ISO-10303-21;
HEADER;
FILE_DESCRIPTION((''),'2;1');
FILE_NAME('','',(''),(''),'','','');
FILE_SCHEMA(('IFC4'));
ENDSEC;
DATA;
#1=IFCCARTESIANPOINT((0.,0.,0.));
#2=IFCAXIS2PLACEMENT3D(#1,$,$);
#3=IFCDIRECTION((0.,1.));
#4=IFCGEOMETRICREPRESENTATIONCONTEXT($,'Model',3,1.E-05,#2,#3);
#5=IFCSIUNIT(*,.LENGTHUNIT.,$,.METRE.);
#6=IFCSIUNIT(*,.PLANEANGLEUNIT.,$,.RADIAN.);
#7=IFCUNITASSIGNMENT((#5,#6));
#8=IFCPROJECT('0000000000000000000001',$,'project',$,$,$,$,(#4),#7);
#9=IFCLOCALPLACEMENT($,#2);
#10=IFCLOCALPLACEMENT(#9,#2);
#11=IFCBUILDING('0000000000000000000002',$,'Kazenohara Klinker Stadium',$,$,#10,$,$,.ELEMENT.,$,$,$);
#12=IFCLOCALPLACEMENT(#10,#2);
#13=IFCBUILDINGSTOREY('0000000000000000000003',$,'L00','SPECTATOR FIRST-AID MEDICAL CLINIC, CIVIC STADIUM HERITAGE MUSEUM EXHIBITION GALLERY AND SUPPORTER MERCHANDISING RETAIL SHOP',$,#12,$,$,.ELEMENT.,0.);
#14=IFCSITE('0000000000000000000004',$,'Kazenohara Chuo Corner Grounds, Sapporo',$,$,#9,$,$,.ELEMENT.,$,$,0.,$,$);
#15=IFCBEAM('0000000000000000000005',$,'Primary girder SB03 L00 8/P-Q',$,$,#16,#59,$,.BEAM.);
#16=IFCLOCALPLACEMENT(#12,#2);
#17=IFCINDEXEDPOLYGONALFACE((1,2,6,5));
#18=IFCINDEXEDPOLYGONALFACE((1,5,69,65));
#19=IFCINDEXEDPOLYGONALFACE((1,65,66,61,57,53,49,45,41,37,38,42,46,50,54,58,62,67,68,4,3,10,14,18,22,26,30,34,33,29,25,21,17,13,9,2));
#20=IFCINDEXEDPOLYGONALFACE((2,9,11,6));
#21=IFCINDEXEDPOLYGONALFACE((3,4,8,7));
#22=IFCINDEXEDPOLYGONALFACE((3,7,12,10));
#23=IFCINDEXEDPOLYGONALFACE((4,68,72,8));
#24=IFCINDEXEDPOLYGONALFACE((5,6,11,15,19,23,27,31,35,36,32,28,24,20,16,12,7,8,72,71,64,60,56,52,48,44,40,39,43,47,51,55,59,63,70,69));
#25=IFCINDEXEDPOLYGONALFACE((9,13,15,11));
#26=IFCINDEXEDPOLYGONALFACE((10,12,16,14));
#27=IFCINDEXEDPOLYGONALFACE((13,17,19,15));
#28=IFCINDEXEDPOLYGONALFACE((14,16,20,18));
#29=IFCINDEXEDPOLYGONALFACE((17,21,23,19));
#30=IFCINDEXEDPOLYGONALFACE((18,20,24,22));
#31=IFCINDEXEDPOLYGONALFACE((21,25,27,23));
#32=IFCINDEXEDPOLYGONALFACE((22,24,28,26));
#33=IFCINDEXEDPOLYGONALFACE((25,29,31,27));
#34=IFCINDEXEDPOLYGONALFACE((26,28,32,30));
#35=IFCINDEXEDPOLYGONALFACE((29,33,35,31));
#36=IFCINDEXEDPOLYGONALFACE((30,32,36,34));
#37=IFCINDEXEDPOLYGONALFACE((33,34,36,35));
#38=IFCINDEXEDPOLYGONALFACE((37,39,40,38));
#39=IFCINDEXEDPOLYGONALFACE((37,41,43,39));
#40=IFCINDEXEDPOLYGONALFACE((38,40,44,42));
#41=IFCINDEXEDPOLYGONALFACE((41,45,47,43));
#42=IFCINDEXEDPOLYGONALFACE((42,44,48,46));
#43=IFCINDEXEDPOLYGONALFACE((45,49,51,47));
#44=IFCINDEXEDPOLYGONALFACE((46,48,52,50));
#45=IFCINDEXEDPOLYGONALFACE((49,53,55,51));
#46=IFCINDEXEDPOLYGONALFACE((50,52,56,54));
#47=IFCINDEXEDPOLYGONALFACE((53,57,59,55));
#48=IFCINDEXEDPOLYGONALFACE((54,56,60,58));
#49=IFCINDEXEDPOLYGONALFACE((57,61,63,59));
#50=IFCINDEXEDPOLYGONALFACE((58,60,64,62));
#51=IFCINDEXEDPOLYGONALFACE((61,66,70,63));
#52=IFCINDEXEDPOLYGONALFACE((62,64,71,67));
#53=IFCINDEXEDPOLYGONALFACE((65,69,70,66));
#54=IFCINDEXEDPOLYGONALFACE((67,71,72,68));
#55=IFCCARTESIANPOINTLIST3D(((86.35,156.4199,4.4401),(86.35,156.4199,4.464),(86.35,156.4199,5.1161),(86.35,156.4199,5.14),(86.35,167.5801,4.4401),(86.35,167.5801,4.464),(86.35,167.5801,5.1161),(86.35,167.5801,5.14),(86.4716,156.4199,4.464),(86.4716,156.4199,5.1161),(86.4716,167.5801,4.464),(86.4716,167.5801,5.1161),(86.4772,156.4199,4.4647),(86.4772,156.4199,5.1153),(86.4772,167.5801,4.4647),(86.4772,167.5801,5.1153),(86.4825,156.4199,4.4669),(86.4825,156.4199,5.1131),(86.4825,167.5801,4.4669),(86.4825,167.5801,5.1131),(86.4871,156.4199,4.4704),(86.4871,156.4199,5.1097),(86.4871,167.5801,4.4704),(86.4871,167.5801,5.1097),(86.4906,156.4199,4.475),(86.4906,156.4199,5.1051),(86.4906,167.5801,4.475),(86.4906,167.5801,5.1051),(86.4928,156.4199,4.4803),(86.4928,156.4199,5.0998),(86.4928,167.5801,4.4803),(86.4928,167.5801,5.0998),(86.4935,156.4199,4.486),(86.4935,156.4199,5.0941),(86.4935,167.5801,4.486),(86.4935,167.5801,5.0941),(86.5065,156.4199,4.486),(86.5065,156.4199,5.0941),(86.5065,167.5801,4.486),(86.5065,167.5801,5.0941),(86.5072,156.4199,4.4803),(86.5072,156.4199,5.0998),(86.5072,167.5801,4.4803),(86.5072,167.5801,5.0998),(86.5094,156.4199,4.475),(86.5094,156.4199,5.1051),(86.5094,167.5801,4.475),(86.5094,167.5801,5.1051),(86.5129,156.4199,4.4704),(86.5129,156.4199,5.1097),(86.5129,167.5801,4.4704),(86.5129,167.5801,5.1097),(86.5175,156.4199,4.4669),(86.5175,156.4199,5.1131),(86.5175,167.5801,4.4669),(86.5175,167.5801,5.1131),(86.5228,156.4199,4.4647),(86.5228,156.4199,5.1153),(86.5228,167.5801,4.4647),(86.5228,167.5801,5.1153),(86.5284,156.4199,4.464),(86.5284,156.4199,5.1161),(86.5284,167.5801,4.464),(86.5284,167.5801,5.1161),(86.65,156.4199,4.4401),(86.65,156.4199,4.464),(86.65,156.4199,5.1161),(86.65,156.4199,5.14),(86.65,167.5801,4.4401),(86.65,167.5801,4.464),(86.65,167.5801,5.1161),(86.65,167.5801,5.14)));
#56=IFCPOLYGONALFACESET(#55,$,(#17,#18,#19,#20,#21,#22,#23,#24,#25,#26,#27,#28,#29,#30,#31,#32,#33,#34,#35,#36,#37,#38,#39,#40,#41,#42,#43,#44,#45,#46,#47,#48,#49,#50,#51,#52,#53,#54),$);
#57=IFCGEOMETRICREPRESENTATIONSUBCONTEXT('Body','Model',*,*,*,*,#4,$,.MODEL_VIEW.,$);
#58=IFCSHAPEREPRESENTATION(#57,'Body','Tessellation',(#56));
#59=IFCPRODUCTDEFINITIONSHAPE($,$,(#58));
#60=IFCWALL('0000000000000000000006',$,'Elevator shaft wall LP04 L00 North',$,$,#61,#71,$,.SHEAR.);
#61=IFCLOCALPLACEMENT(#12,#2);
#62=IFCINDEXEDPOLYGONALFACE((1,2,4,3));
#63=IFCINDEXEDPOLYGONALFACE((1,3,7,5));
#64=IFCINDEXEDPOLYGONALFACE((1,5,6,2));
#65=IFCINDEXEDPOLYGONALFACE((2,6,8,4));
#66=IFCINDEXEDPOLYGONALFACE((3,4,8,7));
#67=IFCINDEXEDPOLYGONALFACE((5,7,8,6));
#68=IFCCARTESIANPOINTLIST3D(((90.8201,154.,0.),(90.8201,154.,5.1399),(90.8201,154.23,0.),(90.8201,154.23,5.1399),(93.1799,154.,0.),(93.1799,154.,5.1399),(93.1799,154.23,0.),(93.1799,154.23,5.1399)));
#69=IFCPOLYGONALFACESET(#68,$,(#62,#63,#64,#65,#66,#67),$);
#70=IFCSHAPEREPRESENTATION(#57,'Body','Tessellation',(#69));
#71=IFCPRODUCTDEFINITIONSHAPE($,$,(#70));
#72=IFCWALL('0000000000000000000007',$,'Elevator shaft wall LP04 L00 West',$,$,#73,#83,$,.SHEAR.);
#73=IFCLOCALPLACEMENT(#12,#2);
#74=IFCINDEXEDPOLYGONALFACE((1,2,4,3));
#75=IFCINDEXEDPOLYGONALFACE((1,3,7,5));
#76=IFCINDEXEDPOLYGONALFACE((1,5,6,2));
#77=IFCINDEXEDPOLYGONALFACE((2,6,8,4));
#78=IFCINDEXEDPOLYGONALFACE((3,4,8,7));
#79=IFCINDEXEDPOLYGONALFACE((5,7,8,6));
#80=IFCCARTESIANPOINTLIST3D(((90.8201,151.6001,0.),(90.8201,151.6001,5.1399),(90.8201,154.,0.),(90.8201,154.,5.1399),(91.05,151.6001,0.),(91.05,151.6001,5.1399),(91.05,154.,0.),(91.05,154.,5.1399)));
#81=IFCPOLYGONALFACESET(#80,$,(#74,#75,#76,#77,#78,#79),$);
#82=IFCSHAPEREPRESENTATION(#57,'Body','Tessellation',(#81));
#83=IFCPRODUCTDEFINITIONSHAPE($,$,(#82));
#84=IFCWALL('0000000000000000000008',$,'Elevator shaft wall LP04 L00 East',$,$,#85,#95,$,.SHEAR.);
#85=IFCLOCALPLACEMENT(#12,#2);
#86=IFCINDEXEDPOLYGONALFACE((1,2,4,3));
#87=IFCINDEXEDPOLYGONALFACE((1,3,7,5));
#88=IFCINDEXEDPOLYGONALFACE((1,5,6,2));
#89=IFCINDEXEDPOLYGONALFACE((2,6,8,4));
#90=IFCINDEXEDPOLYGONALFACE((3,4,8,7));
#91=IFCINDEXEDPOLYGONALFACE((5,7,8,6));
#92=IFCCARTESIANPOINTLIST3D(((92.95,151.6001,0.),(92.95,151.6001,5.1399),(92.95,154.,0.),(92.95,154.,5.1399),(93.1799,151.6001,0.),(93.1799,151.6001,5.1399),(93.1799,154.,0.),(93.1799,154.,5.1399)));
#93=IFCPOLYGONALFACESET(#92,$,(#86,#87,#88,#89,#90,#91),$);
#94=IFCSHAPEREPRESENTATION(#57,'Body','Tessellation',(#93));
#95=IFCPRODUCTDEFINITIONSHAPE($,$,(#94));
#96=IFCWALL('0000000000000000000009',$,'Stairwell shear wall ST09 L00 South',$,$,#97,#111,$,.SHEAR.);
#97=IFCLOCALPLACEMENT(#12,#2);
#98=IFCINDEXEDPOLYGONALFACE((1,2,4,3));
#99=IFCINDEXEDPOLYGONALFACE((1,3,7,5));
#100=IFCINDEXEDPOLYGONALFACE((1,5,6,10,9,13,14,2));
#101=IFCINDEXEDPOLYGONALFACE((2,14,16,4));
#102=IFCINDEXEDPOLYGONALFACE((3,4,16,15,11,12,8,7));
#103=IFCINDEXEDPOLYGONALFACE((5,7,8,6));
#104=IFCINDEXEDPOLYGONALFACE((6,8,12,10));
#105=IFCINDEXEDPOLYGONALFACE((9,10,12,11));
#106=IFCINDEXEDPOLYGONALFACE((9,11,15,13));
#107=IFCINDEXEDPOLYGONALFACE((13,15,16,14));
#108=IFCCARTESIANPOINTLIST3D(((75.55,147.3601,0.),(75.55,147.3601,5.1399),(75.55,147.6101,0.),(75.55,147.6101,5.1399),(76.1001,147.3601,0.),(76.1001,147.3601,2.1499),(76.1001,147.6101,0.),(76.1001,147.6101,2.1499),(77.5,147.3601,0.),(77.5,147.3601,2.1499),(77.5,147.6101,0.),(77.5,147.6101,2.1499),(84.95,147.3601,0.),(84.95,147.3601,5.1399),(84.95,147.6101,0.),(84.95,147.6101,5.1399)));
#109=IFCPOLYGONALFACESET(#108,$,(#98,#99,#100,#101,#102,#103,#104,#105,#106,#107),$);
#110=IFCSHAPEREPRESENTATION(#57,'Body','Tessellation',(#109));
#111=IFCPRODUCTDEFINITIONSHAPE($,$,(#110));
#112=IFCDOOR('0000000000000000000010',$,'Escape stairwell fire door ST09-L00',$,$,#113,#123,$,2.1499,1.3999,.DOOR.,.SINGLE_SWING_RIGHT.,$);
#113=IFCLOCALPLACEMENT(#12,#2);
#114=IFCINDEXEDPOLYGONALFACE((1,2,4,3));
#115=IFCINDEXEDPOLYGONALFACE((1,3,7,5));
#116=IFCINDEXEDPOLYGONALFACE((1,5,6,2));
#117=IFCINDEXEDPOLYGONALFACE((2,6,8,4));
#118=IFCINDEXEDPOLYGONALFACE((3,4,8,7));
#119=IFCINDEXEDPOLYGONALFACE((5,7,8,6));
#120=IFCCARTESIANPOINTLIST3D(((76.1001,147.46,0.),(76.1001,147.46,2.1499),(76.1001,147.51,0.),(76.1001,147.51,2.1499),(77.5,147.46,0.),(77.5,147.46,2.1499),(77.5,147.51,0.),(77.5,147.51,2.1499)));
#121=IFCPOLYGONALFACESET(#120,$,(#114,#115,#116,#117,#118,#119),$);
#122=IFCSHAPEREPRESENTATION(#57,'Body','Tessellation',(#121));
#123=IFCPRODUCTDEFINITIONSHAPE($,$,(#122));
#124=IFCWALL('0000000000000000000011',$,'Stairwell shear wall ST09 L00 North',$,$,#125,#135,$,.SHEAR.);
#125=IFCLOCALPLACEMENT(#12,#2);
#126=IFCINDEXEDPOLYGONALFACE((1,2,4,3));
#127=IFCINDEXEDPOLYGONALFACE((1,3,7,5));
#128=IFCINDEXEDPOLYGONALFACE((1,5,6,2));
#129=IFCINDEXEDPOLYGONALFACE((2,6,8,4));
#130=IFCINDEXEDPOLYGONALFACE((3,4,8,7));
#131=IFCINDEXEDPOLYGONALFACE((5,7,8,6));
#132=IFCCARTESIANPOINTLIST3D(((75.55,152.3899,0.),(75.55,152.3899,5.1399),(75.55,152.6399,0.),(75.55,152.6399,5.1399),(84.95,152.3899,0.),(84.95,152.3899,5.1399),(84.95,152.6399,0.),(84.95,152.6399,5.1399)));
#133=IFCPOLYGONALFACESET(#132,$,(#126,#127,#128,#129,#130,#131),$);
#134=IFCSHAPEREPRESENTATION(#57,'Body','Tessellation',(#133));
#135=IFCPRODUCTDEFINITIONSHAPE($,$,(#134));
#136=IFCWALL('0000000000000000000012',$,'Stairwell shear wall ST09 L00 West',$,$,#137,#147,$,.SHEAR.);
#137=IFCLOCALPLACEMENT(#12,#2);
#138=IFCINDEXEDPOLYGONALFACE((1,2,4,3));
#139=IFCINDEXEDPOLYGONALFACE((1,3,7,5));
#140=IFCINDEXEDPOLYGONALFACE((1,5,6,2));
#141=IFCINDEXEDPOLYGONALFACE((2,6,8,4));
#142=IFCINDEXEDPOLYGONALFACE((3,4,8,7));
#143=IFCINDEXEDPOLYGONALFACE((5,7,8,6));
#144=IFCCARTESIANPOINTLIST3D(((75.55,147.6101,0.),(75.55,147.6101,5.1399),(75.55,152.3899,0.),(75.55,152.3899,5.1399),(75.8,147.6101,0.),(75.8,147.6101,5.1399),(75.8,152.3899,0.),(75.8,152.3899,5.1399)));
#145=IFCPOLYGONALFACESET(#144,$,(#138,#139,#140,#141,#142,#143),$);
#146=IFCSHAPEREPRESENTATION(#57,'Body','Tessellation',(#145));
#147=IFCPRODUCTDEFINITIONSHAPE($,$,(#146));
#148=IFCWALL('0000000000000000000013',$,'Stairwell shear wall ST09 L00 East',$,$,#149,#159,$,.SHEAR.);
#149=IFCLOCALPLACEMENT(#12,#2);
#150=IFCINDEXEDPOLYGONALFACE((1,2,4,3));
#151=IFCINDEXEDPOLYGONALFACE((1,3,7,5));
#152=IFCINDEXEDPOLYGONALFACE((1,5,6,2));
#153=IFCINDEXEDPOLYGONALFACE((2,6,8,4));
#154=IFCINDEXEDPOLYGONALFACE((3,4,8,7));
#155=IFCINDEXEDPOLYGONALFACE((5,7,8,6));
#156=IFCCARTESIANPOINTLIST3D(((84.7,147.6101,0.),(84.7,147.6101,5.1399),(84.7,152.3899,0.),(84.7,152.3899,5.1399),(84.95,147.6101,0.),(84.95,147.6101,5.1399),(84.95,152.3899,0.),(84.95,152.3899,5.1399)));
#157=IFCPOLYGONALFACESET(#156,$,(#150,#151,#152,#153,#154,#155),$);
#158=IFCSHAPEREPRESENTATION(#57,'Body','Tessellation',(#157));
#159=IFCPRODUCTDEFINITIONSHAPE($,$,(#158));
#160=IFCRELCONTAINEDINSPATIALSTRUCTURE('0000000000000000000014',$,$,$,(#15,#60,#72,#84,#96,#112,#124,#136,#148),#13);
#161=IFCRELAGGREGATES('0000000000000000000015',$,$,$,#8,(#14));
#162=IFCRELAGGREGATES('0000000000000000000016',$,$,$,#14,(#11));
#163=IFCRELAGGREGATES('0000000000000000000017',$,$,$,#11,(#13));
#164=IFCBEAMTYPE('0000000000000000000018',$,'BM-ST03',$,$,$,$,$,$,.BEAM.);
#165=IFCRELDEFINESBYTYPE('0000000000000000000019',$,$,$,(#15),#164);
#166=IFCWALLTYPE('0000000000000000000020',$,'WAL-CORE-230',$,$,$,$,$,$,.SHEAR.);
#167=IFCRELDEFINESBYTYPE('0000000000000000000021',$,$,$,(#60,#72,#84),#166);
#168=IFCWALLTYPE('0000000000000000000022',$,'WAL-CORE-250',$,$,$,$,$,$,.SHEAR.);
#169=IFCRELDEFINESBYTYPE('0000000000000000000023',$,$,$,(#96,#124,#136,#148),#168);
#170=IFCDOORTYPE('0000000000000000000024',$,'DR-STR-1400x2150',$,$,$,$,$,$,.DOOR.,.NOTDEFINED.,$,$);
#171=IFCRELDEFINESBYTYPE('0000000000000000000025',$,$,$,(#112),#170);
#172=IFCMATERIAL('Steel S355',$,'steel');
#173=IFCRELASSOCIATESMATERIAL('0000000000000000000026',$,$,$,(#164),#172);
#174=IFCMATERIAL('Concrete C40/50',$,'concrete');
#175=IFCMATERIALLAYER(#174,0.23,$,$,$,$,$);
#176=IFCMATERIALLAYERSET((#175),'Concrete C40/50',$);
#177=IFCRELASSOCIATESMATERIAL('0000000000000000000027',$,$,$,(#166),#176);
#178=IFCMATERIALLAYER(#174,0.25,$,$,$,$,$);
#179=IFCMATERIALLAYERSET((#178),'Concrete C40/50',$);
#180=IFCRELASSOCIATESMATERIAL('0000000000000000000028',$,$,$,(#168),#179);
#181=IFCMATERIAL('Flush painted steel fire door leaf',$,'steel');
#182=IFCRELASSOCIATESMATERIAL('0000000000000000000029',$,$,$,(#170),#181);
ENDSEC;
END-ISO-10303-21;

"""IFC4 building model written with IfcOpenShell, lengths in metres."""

from ifc_helpers import new_model, si_unit, direction, frame, frame_2d, origin, origin_2d, place, context, subcontext, project, spatial, rectangle, i_section, extrude, material, layer, layer_set, material_profile, profile_set, type_object, element, fill, save


model = new_model("IFC4")

# Units and contexts
model_context = context("Model", 3, precision=1e-05, world=origin(), true_north=direction((0.0, 1.0)))
body_context = subcontext(model_context, "Body", "Model", "MODEL_VIEW")
ifc_project = project(units=[si_unit("LENGTHUNIT", "METRE"), si_unit("PLANEANGLEUNIT", "RADIAN")], contexts=[model_context])

# Site, building, storey
site_placement = place(None, origin())
site = spatial("IfcSite", under=ifc_project, at=site_placement, Name="Kazenohara Chuo Corner Grounds, Sapporo", CompositionType="ELEMENT", RefElevation=0.0)
building_placement = place(site_placement, origin())
building = spatial("IfcBuilding", under=site, at=building_placement, Name="Kazenohara Klinker Stadium", CompositionType="ELEMENT")
storey_placement = place(building_placement, origin())
storey = spatial("IfcBuildingStorey", under=building, at=storey_placement, Name="L00", Description="SPECTATOR FIRST-AID MEDICAL CLINIC, CIVIC STADIUM HERITAGE MUSEUM EXHIBITION GALLERY AND SUPPORTER MERCHANDISING RETAIL SHOP", CompositionType="ELEMENT", Elevation=0.0)

# Shared definitions
ifc_material_1 = material(Name="Concrete C40/50", Category="concrete")

# Beam
ifc_material_2 = material(Name="Steel S355", Category="steel")
ifc_material_profile_1 = material_profile(ifc_material_2, i_section(OverallWidth=0.3, OverallDepth=0.7, WebThickness=0.0129, FlangeThickness=0.0239, FilletRadius=0.022, at=origin_2d()), Name="H-700x300x13x24")
ifc_profile_set_1 = profile_set([ifc_material_profile_1], Name="Steel S355")
beam_type_1 = type_object("IfcBeamType", Name="BM-ST03", PredefinedType="BEAM", material=ifc_profile_set_1)
beam_1_placement = place(storey_placement, frame((86.5, 156.4199, 4.79), z_axis=(0.0, 1.0, 0.0), x_axis=(-1.0, 0.0, 0.0)))
element("IfcBeam", 1, at=beam_1_placement, inside=storey, type_object=beam_type_1, Name="Primary girder SB03 L00 8/P-Q", PredefinedType="BEAM", context=body_context, shape_type="SweptSolid", body=[
    extrude(i_section(OverallWidth=0.3, OverallDepth=0.7, WebThickness=0.0129, FlangeThickness=0.0239, FilletRadius=0.022, at=origin_2d()), origin(), (0.0, 0.0, 1.0), 11.1602),
])

# Shared definitions
ifc_layer_1 = layer(ifc_material_1, 0.23)
ifc_layer_set_1 = layer_set([ifc_layer_1], Name="Concrete C40/50")
wall_type_1 = type_object("IfcWallType", Name="WAL-CORE-230", PredefinedType="SHEAR", material=ifc_layer_set_1)

# Walls
wall_1_placement = place(storey_placement, frame((90.8201, 154.115, 0.0), z_axis=(0.0, 0.0, 1.0), x_axis=(1.0, 0.0, 0.0)))
element("IfcWall", 2, at=wall_1_placement, inside=storey, type_object=wall_type_1, Name="Elevator shaft wall LP04 L00 North", PredefinedType="SHEAR", context=body_context, shape_type="SweptSolid", body=[
    extrude(rectangle(XDim=2.3599, YDim=0.23, at=frame_2d((1.1799, 0.0))), origin(), (0.0, 0.0, 1.0), 5.1399),
])
for number, where, z_axis, x_axis, name in (
    (3, (90.9351, 151.6001, 0.0), (0.0, 0.0, 1.0), (0.0, 1.0, 0.0), "Elevator shaft wall LP04 L00 West"),
    (4, (93.0649, 151.6001, 0.0), (0.0, 0.0, 1.0), (0.0, 1.0, 0.0), "Elevator shaft wall LP04 L00 East"),
):
    element("IfcWall", number, at=place(storey_placement, frame(where, z_axis=z_axis, x_axis=x_axis)), inside=storey, type_object=wall_type_1, Name=name, PredefinedType="SHEAR", context=body_context, shape_type="SweptSolid", body=[
        extrude(rectangle(XDim=2.3999, YDim=0.23, at=frame_2d((1.2, 0.0))), origin(), (0.0, 0.0, 1.0), 5.1399),
    ])

# Wall, opening, door
ifc_layer_2 = layer(ifc_material_1, 0.25)
ifc_layer_set_2 = layer_set([ifc_layer_2], Name="Concrete C40/50")
wall_type_2 = type_object("IfcWallType", Name="WAL-CORE-250", PredefinedType="SHEAR", material=ifc_layer_set_2)
wall_2_placement = place(storey_placement, frame((75.55, 147.4851, 0.0), z_axis=(0.0, 0.0, 1.0), x_axis=(1.0, 0.0, 0.0)))
wall_2 = element("IfcWall", 5, at=wall_2_placement, inside=storey, type_object=wall_type_2, Name="Stairwell shear wall ST09 L00 South", PredefinedType="SHEAR", context=body_context, shape_type="SweptSolid", body=[
    extrude(rectangle(XDim=9.3999, YDim=0.25, at=frame_2d((4.7, 0.0))), origin(), (0.0, 0.0, 1.0), 5.1399),
])
opening_1_placement = place(wall_2_placement, frame((0.55, 0.0, 0.0)))
opening_1 = element("IfcOpeningElement", 6, at=opening_1_placement, cuts=wall_2, PredefinedType="OPENING", context=body_context, shape_type="SweptSolid", body=[
    extrude(rectangle(XDim=1.3999, YDim=2.1499, at=frame_2d((0.7, 1.075))), frame((0.0, 0.135, 0.0), z_axis=(0.0, -1.0, 0.0), x_axis=(1.0, 0.0, 0.0)), (0.0, 0.0, 1.0), 0.27),
])
ifc_material_3 = material(Name="Flush painted steel fire door leaf", Category="steel")
door_type_1 = type_object("IfcDoorType", Name="DR-STR-1400x2150", OperationType="NOTDEFINED", PredefinedType="DOOR", material=ifc_material_3)
door_1_placement = place(opening_1_placement, origin())
door_1 = element("IfcDoor", 7, at=door_1_placement, inside=storey, type_object=door_type_1, Name="Escape stairwell fire door ST09-L00", OperationType="SINGLE_SWING_RIGHT", OverallHeight=2.1499, OverallWidth=1.3999, PredefinedType="DOOR", context=body_context, shape_type="SweptSolid", body=[
    extrude(rectangle(XDim=1.3999, YDim=2.1499, at=frame_2d((0.7, 1.075))), frame((0.0, 0.0249, 0.0), z_axis=(0.0, -1.0, 0.0), x_axis=(1.0, 0.0, 0.0)), (0.0, 0.0, 1.0), 0.05),
])
fill(opening_1, door_1)

# Walls
wall_3_placement = place(storey_placement, frame((75.55, 152.5149, 0.0), z_axis=(0.0, 0.0, 1.0), x_axis=(1.0, 0.0, 0.0)))
element("IfcWall", 8, at=wall_3_placement, inside=storey, type_object=wall_type_2, Name="Stairwell shear wall ST09 L00 North", PredefinedType="SHEAR", context=body_context, shape_type="SweptSolid", body=[
    extrude(rectangle(XDim=9.3999, YDim=0.25, at=frame_2d((4.7, 0.0))), origin(), (0.0, 0.0, 1.0), 5.1399),
])
for number, where, z_axis, x_axis, name in (
    (9, (75.675, 147.6101, 0.0), (0.0, 0.0, 1.0), (0.0, 1.0, 0.0), "Stairwell shear wall ST09 L00 West"),
    (10, (84.825, 147.6101, 0.0), (0.0, 0.0, 1.0), (0.0, 1.0, 0.0), "Stairwell shear wall ST09 L00 East"),
):
    element("IfcWall", number, at=place(storey_placement, frame(where, z_axis=z_axis, x_axis=x_axis)), inside=storey, type_object=wall_type_2, Name=name, PredefinedType="SHEAR", context=body_context, shape_type="SweptSolid", body=[
        extrude(rectangle(XDim=4.7798, YDim=0.25, at=frame_2d((2.3899, 0.0))), origin(), (0.0, 0.0, 1.0), 5.1399),
    ])

save(model, "model.ifc")
